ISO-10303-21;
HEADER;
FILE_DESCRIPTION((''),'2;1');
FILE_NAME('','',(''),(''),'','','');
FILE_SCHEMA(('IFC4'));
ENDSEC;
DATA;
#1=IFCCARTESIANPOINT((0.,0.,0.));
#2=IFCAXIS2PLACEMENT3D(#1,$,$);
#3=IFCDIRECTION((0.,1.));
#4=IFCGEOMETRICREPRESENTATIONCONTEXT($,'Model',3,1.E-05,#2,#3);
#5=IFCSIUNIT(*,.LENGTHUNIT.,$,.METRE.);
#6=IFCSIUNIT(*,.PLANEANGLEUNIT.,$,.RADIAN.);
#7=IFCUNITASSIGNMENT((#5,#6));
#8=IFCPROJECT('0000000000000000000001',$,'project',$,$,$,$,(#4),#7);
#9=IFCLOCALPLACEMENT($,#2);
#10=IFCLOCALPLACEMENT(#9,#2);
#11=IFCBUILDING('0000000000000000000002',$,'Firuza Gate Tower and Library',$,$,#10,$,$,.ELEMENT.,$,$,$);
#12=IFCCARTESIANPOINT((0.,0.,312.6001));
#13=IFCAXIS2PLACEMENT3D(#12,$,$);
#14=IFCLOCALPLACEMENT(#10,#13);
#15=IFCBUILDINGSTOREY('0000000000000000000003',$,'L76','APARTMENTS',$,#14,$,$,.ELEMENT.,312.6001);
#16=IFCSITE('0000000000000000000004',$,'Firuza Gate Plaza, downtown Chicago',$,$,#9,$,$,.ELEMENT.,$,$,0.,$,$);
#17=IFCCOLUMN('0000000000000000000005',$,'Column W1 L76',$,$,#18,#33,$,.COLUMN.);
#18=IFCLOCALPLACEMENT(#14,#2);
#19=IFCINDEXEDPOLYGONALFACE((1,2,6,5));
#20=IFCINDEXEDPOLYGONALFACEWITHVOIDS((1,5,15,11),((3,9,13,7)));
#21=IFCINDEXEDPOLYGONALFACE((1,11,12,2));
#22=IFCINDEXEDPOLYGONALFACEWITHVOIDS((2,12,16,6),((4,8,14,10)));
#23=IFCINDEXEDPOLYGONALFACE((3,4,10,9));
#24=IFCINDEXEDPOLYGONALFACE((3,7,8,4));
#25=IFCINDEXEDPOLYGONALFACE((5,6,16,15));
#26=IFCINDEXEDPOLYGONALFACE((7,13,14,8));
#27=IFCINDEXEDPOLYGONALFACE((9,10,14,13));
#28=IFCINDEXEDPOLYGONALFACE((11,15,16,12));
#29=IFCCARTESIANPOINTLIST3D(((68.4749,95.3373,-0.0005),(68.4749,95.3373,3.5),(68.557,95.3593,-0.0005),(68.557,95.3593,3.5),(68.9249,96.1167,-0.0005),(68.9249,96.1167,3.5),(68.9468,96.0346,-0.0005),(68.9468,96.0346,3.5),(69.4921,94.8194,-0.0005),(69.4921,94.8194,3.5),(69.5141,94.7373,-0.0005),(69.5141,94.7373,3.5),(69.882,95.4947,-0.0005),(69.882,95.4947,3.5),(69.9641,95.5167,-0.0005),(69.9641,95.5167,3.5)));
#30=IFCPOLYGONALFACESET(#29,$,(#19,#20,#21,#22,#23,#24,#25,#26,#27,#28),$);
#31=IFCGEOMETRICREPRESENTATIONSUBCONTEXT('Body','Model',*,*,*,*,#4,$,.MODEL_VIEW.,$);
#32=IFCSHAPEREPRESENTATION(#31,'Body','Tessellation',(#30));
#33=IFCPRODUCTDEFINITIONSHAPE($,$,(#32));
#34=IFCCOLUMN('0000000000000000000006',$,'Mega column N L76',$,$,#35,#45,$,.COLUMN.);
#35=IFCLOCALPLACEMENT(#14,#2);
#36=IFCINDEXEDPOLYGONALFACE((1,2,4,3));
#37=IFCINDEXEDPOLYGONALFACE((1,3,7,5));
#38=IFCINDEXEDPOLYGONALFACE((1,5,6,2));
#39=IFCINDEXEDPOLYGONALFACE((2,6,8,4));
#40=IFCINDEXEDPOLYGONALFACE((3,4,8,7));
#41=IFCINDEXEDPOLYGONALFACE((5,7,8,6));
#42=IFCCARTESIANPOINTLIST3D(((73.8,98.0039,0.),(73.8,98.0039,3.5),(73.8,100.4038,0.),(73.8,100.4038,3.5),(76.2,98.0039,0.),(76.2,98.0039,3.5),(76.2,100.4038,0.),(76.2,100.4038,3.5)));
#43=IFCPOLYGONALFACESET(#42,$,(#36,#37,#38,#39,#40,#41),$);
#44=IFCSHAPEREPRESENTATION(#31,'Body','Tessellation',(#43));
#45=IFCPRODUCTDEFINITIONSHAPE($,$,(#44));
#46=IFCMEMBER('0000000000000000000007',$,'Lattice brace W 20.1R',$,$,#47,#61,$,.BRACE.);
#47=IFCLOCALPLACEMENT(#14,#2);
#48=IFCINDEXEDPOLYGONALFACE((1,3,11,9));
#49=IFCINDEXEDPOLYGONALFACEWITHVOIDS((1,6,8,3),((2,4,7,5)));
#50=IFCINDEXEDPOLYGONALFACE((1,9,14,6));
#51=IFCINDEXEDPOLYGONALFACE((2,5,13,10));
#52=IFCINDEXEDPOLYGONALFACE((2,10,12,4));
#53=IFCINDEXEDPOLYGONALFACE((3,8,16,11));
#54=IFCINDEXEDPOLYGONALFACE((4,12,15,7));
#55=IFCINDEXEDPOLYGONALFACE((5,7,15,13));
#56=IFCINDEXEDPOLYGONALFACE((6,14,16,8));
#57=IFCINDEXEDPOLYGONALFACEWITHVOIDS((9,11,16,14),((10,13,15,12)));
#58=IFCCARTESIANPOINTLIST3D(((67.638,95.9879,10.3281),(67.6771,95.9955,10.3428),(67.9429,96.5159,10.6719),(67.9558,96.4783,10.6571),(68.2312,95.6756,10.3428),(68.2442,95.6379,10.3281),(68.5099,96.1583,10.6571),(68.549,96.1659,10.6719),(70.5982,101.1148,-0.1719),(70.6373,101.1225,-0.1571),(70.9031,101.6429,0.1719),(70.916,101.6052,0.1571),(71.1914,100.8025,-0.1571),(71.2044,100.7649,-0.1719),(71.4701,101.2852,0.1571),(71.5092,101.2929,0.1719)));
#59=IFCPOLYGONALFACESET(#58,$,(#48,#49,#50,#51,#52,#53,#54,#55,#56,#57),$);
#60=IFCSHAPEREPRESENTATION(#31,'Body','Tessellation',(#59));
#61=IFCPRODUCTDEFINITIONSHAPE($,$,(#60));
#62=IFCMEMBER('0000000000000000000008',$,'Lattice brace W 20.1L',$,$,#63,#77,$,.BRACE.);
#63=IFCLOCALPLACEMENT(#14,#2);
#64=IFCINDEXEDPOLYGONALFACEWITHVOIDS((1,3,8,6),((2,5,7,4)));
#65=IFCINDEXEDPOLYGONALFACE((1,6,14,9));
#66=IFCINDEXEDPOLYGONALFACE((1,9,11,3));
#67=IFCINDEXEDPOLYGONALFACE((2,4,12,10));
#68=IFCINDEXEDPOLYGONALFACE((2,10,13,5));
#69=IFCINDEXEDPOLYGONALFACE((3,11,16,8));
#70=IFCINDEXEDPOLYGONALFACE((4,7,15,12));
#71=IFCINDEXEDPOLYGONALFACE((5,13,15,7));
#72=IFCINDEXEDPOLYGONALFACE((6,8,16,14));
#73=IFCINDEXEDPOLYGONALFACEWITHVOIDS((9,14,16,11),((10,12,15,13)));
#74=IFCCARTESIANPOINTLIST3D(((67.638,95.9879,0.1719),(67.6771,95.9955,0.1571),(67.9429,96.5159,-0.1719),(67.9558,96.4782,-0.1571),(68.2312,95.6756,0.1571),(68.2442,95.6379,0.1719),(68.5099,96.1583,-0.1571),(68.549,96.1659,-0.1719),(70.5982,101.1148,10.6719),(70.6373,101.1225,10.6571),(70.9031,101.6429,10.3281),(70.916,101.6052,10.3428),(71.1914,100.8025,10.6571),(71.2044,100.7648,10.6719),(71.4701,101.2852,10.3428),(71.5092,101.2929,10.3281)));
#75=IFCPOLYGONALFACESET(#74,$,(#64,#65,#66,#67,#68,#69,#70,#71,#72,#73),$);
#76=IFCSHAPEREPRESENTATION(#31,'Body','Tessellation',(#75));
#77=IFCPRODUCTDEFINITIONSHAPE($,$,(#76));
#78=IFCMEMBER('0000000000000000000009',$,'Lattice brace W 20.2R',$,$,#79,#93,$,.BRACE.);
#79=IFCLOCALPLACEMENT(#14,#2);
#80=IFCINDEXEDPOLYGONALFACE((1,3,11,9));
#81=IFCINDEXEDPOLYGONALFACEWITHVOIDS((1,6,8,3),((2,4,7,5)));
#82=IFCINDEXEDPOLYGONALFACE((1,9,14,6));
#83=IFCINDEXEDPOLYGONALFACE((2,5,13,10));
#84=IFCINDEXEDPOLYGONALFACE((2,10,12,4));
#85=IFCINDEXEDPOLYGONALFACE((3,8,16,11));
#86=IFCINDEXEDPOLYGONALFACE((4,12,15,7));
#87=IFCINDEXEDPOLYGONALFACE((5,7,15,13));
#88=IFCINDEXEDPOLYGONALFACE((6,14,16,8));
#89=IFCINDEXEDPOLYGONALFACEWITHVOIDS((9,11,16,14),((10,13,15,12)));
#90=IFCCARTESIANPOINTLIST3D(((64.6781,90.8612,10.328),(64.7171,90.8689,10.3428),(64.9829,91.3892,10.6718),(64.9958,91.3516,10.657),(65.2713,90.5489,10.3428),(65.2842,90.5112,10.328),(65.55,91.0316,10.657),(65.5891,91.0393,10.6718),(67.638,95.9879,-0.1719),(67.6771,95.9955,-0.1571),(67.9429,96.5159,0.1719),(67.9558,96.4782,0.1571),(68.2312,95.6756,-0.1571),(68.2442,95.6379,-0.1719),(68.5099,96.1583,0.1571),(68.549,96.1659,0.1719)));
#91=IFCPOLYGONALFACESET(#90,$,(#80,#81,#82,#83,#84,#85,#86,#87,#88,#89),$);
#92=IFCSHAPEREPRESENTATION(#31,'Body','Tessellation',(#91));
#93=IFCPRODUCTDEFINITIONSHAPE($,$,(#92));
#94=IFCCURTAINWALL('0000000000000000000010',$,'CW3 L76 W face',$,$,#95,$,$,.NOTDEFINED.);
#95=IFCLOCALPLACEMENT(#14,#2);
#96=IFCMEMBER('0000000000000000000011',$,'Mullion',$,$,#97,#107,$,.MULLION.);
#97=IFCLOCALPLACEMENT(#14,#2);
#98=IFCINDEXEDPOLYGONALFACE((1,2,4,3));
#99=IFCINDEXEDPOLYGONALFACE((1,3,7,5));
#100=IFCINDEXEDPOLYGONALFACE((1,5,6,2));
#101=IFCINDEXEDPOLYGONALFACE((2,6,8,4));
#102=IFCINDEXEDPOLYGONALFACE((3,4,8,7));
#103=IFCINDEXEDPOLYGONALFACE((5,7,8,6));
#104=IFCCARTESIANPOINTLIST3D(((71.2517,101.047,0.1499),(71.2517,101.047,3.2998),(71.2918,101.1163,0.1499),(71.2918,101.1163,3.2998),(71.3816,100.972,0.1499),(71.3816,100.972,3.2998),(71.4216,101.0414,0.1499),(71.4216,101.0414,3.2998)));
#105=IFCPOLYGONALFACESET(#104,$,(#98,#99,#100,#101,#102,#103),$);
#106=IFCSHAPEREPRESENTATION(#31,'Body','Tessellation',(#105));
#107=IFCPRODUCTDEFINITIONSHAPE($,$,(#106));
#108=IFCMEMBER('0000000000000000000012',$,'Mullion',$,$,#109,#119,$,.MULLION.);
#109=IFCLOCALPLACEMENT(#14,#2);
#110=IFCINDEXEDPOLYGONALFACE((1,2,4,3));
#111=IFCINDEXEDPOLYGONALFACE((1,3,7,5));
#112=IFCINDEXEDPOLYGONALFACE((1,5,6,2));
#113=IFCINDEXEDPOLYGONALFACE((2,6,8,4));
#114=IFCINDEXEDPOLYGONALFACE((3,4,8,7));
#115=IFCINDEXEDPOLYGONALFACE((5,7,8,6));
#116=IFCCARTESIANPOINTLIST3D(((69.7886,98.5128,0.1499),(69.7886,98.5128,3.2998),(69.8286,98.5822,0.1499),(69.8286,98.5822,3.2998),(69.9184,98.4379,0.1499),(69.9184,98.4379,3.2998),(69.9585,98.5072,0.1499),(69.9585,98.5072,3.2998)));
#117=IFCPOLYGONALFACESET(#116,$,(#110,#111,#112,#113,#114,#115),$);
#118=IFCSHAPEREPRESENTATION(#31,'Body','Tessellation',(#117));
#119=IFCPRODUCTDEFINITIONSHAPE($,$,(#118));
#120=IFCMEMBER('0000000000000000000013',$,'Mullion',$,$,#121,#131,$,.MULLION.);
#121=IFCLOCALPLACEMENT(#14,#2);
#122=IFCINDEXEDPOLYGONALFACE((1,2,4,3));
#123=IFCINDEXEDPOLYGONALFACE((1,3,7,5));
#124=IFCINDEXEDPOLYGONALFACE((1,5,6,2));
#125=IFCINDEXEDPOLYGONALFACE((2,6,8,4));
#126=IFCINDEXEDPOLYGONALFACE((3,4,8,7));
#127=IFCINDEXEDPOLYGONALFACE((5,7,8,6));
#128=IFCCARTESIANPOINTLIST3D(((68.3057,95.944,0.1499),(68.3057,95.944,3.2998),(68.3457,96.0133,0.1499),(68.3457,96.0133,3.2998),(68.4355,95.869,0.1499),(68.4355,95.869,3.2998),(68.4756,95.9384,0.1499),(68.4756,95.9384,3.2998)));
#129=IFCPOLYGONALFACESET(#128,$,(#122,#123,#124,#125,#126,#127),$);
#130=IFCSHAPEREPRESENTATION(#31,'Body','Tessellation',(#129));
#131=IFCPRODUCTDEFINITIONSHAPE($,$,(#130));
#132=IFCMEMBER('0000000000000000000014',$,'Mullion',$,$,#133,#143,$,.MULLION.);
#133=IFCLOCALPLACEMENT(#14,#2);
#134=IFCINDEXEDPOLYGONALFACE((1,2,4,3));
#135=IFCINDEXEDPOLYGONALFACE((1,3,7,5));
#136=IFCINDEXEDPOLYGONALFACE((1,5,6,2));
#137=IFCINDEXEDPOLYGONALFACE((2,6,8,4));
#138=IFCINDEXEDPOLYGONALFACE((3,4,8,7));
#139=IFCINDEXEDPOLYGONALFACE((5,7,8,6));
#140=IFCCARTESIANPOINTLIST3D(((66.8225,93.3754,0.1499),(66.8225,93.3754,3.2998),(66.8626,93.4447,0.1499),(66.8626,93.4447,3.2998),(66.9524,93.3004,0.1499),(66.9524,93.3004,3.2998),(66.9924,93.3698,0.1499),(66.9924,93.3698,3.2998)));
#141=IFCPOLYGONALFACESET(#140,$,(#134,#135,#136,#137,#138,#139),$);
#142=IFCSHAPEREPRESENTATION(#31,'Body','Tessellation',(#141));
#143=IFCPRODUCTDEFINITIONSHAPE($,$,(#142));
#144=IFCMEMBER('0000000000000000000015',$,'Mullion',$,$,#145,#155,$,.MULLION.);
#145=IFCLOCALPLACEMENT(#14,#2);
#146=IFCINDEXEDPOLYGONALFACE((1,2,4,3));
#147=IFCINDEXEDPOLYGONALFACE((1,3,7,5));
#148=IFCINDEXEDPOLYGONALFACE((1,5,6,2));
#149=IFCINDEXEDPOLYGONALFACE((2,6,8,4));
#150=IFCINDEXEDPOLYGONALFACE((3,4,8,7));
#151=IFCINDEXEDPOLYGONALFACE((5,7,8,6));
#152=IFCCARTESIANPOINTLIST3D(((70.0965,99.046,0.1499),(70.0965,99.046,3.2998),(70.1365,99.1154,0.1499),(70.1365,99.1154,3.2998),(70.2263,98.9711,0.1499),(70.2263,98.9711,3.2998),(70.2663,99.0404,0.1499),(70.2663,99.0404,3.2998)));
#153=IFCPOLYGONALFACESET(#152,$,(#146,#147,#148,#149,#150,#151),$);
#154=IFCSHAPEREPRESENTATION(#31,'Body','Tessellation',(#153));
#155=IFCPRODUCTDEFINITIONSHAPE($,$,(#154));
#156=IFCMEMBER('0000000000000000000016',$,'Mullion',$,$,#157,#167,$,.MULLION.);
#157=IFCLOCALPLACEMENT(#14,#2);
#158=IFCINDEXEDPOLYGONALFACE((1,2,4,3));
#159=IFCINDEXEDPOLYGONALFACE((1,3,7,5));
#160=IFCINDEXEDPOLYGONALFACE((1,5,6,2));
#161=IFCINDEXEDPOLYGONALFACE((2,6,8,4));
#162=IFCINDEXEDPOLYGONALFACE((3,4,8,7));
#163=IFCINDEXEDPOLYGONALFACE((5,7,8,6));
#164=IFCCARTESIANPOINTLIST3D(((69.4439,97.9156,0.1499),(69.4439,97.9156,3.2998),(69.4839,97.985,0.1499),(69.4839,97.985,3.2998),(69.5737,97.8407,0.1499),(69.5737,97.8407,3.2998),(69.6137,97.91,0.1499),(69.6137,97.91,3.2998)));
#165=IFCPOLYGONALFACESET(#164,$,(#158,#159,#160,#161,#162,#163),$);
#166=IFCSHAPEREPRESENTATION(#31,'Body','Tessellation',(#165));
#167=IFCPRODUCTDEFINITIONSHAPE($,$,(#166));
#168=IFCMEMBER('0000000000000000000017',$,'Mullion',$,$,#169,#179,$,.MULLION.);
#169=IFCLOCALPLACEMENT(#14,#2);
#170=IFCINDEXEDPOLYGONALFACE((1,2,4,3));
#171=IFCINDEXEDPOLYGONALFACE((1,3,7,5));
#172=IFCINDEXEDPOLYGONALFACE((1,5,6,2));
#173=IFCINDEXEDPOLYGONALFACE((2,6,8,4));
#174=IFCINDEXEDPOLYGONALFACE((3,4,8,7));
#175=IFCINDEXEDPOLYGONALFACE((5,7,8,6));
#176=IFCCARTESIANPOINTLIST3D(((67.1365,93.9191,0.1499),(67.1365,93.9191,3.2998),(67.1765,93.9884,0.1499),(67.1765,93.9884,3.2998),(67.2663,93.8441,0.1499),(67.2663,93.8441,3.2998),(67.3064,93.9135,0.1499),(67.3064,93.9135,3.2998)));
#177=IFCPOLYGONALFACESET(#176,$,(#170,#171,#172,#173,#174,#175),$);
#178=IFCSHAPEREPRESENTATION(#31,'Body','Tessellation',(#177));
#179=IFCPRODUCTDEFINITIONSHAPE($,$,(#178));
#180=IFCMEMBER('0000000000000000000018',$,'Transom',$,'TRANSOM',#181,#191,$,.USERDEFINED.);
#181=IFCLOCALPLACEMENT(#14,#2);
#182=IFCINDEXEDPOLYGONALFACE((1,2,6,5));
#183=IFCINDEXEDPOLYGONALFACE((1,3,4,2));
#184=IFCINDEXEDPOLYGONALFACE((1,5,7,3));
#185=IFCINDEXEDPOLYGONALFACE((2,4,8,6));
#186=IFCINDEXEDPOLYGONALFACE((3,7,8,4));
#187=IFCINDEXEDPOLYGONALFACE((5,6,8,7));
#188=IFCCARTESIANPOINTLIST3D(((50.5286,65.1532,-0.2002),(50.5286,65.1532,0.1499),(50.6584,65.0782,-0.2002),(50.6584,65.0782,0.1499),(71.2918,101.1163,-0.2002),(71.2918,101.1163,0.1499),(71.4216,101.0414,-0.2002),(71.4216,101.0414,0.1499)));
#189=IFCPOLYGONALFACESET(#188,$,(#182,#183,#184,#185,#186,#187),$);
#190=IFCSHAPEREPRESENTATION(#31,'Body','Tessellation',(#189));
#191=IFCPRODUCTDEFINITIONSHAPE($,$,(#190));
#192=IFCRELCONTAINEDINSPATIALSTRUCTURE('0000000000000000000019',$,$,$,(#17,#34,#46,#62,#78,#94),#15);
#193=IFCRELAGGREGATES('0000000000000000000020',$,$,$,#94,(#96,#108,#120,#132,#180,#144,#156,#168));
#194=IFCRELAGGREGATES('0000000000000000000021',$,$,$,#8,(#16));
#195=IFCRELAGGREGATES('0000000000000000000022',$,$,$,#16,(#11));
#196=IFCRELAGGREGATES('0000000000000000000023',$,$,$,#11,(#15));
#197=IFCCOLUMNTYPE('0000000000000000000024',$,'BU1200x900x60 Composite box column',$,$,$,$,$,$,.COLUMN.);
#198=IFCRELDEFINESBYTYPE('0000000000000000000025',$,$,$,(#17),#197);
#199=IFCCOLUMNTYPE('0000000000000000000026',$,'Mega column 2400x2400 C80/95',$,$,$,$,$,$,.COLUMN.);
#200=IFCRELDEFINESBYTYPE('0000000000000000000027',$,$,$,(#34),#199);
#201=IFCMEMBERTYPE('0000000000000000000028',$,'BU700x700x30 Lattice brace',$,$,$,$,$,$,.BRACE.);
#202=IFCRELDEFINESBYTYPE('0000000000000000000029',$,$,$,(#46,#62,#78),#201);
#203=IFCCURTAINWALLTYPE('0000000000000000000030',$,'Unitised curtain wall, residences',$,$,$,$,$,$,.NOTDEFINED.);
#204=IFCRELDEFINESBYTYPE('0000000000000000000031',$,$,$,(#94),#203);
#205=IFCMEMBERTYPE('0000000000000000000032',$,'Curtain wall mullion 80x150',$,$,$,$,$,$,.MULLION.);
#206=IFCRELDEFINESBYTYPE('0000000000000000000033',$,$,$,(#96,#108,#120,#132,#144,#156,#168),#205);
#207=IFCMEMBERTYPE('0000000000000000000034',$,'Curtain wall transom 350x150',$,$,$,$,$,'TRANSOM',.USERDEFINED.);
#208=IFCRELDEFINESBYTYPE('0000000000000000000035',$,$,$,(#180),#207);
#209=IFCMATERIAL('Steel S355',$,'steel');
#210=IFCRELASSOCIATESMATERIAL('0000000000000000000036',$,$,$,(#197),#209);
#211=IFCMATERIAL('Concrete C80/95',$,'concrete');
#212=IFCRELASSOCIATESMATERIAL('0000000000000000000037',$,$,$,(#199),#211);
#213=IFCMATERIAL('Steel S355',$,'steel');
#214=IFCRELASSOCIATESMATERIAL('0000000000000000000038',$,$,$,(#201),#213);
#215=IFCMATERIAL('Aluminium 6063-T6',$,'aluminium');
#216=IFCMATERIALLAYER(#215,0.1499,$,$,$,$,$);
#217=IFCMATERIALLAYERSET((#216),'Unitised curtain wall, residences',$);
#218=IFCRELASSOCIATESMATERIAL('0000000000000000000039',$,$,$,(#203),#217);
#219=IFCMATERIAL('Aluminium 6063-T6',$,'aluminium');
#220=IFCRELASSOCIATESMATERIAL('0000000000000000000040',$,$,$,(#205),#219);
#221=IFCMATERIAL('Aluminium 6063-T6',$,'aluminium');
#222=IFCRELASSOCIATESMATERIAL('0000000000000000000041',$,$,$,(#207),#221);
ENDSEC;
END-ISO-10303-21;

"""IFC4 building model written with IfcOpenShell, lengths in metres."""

from ifc_helpers import new_model, si_unit, direction, frame, origin, origin_2d, place, context, subcontext, project, spatial, rectangle, hollow_rectangle, extrude, material, layer, layer_set, material_profile, profile_set, type_object, element, aggregate, save


model = new_model("IFC4")

# Units and contexts
model_context = context("Model", 3, precision=1e-05, world=origin(), true_north=direction((0.0, 1.0)))
body_context = subcontext(model_context, "Body", "Model", "MODEL_VIEW")
ifc_project = project(units=[si_unit("LENGTHUNIT", "METRE"), si_unit("PLANEANGLEUNIT", "RADIAN")], contexts=[model_context])

# Site, building, storey
site_placement = place(None, origin())
site = spatial("IfcSite", under=ifc_project, at=site_placement, Name="Firuza Gate Plaza, downtown Chicago", CompositionType="ELEMENT", RefElevation=0.0)
building_placement = place(site_placement, origin())
building = spatial("IfcBuilding", under=site, at=building_placement, Name="Firuza Gate Tower and Library", CompositionType="ELEMENT")
storey_placement = place(building_placement, frame((0.0, 0.0, 312.6001)))
storey = spatial("IfcBuildingStorey", under=building, at=storey_placement, Name="L76", Description="APARTMENTS", CompositionType="ELEMENT", Elevation=312.6001)

# Columns
ifc_material_1 = material(Name="Steel S355", Category="steel")
ifc_material_profile_1 = material_profile(ifc_material_1, hollow_rectangle(XDim=0.8999, YDim=1.2, WallThickness=0.0601, at=origin_2d()))
ifc_profile_set_1 = profile_set([ifc_material_profile_1], Name="Steel S355")
column_type_1 = type_object("IfcColumnType", Name="BU1200x900x60 Composite box column", PredefinedType="COLUMN", material=ifc_profile_set_1)
column_1_placement = place(storey_placement, frame((69.2195, 95.427, -0.0005), z_axis=(0.0, 0.0, 1.0), x_axis=(-0.5, -0.866025, 0.0)))
element("IfcColumn", 1, at=column_1_placement, inside=storey, type_object=column_type_1, Name="Column W1 L76", PredefinedType="COLUMN", context=body_context, shape_type="SweptSolid", body=[
    extrude(hollow_rectangle(XDim=0.8999, YDim=1.2, WallThickness=0.0601, at=origin_2d()), origin(), (0.0, 0.0, 1.0), 3.5005),
])
ifc_material_2 = material(Name="Concrete C80/95", Category="concrete")
ifc_material_profile_2 = material_profile(ifc_material_2, rectangle(XDim=2.3999, YDim=2.3999, at=origin_2d()))
ifc_profile_set_2 = profile_set([ifc_material_profile_2], Name="Concrete C80/95")
column_type_2 = type_object("IfcColumnType", Name="Mega column 2400x2400 C80/95", PredefinedType="COLUMN", material=ifc_profile_set_2)
column_2_placement = place(storey_placement, frame((75.0, 99.2039, 0.0), z_axis=(0.0, 0.0, 1.0), x_axis=(-1.0, 0.0, 0.0)))
element("IfcColumn", 2, at=column_2_placement, inside=storey, type_object=column_type_2, Name="Mega column N L76", PredefinedType="COLUMN", context=body_context, shape_type="SweptSolid", body=[
    extrude(rectangle(XDim=2.3999, YDim=2.3999, at=origin_2d()), origin(), (0.0, 0.0, 1.0), 3.5),
])

# Members
ifc_material_3 = material(Name="Steel S355", Category="steel")
ifc_material_profile_3 = material_profile(ifc_material_3, hollow_rectangle(XDim=0.7, YDim=0.7, WallThickness=0.03, at=origin_2d()))
ifc_profile_set_3 = profile_set([ifc_material_profile_3], Name="Steel S355")
member_type_1 = type_object("IfcMemberType", Name="BU700x700x30 Lattice brace", PredefinedType="BRACE", material=ifc_profile_set_3)
for number, where, z_axis, x_axis, name in (
    (3, (71.0537, 101.2039, 0.0), (-0.245579, -0.425333, 0.871081), (0.866014, -0.50002, 0.0), "Lattice brace W 20.1R"),
    (4, (68.0935, 96.0769, 0.0), (0.245579, 0.425333, 0.871081), (-0.866014, 0.50002, 0.0), "Lattice brace W 20.1L"),
):
    element("IfcMember", number, at=place(storey_placement, frame(where, z_axis=z_axis, x_axis=x_axis)), inside=storey, type_object=member_type_1, Name=name, PredefinedType="BRACE", context=body_context, shape_type="SweptSolid", body=[
        extrude(hollow_rectangle(XDim=0.7, YDim=0.7, WallThickness=0.03, at=origin_2d()), origin(), (0.0, 0.0, 1.0), 12.054),
    ])
member_1_placement = place(storey_placement, frame((68.0935, 96.0769, 0.0), z_axis=(-0.245562, -0.425318, 0.871093), x_axis=(0.866021, -0.500007, 0.0)))
element("IfcMember", 5, at=member_1_placement, inside=storey, type_object=member_type_1, Name="Lattice brace W 20.2R", PredefinedType="BRACE", context=body_context, shape_type="SweptSolid", body=[
    extrude(hollow_rectangle(XDim=0.7, YDim=0.7, WallThickness=0.03, at=origin_2d()), origin(), (0.0, 0.0, 1.0), 12.0537),
])

# Curtain wall, members
ifc_material_4 = material(Name="Aluminium 6063-T6", Category="aluminium")
ifc_layer_1 = layer(ifc_material_4, 0.1499)
ifc_layer_set_1 = layer_set([ifc_layer_1], Name="Unitised curtain wall, residences")
curtain_wall_type_1 = type_object("IfcCurtainWallType", Name="Unitised curtain wall, residences", PredefinedType="NOTDEFINED", material=ifc_layer_set_1)
placement = place(storey_placement, origin())
curtain_wall_1 = element("IfcCurtainWall", 6, at=placement, inside=storey, type_object=curtain_wall_type_1, Name="CW3 L76 W face", PredefinedType="NOTDEFINED")
ifc_material_5 = material(Name="Aluminium 6063-T6", Category="aluminium")
ifc_material_profile_4 = material_profile(ifc_material_5, rectangle(XDim=0.1499, YDim=0.0801, at=origin_2d()))
ifc_profile_set_4 = profile_set([ifc_material_profile_4], Name="Aluminium 6063-T6")
member_type_2 = type_object("IfcMemberType", Name="Curtain wall mullion 80x150", PredefinedType="MULLION", material=ifc_profile_set_4)
member_2_placement = place(storey_placement, frame((71.3367, 101.0442, 0.1499), z_axis=(0.0, 0.0, 1.0), x_axis=(0.866025, -0.5, 0.0)))
member_2 = element("IfcMember", 7, at=member_2_placement, type_object=member_type_2, Name="Mullion", PredefinedType="MULLION", context=body_context, shape_type="SweptSolid", body=[
    extrude(rectangle(XDim=0.1499, YDim=0.0801, at=origin_2d()), origin(), (0.0, 0.0, 1.0), 3.1499),
])
member_3_placement = place(storey_placement, frame((69.8735, 98.51, 0.1499), z_axis=(0.0, 0.0, 1.0), x_axis=(0.866025, -0.5, 0.0)))
member_3 = element("IfcMember", 8, at=member_3_placement, type_object=member_type_2, Name="Mullion", PredefinedType="MULLION", context=body_context, shape_type="SweptSolid", body=[
    extrude(rectangle(XDim=0.1499, YDim=0.0801, at=origin_2d()), origin(), (0.0, 0.0, 1.0), 3.1499),
])
member_4_placement = place(storey_placement, frame((68.3906, 95.9412, 0.1499), z_axis=(0.0, 0.0, 1.0), x_axis=(0.866025, -0.5, 0.0)))
member_4 = element("IfcMember", 9, at=member_4_placement, type_object=member_type_2, Name="Mullion", PredefinedType="MULLION", context=body_context, shape_type="SweptSolid", body=[
    extrude(rectangle(XDim=0.1499, YDim=0.0801, at=origin_2d()), origin(), (0.0, 0.0, 1.0), 3.1499),
])
member_5_placement = place(storey_placement, frame((66.9075, 93.3726, 0.1499), z_axis=(0.0, 0.0, 1.0), x_axis=(0.866025, -0.5, 0.0)))
member_5 = element("IfcMember", 10, at=member_5_placement, type_object=member_type_2, Name="Mullion", PredefinedType="MULLION", context=body_context, shape_type="SweptSolid", body=[
    extrude(rectangle(XDim=0.1499, YDim=0.0801, at=origin_2d()), origin(), (0.0, 0.0, 1.0), 3.1499),
])
member_6_placement = place(storey_placement, frame((70.1814, 99.0432, 0.1499), z_axis=(0.0, 0.0, 1.0), x_axis=(0.866025, -0.5, 0.0)))
member_6 = element("IfcMember", 11, at=member_6_placement, type_object=member_type_2, Name="Mullion", PredefinedType="MULLION", context=body_context, shape_type="SweptSolid", body=[
    extrude(rectangle(XDim=0.1499, YDim=0.0801, at=origin_2d()), origin(), (0.0, 0.0, 1.0), 3.1499),
])
member_7_placement = place(storey_placement, frame((69.5288, 97.9128, 0.1499), z_axis=(0.0, 0.0, 1.0), x_axis=(0.866025, -0.5, 0.0)))
member_7 = element("IfcMember", 12, at=member_7_placement, type_object=member_type_2, Name="Mullion", PredefinedType="MULLION", context=body_context, shape_type="SweptSolid", body=[
    extrude(rectangle(XDim=0.1499, YDim=0.0801, at=origin_2d()), origin(), (0.0, 0.0, 1.0), 3.1499),
])
member_8_placement = place(storey_placement, frame((67.2214, 93.9163, 0.1499), z_axis=(0.0, 0.0, 1.0), x_axis=(0.866025, -0.5, 0.0)))
member_8 = element("IfcMember", 13, at=member_8_placement, type_object=member_type_2, Name="Mullion", PredefinedType="MULLION", context=body_context, shape_type="SweptSolid", body=[
    extrude(rectangle(XDim=0.1499, YDim=0.0801, at=origin_2d()), origin(), (0.0, 0.0, 1.0), 3.1499),
])
ifc_material_6 = material(Name="Aluminium 6063-T6", Category="aluminium")
ifc_material_profile_5 = material_profile(ifc_material_6, rectangle(XDim=0.1499, YDim=0.3501, at=origin_2d()))
ifc_profile_set_5 = profile_set([ifc_material_profile_5], Name="Aluminium 6063-T6")
member_type_3 = type_object("IfcMemberType", Name="Curtain wall transom 350x150", ElementType="TRANSOM", PredefinedType="USERDEFINED", material=ifc_profile_set_5)
member_9_placement = place(storey_placement, frame((71.3567, 101.0789, -0.0251), z_axis=(-0.499997, -0.866027, 0.0), x_axis=(0.866027, -0.499997, 0.0)))
member_9 = element("IfcMember", 14, at=member_9_placement, type_object=member_type_3, Name="Transom", ObjectType="TRANSOM", PredefinedType="USERDEFINED", context=body_context, shape_type="SweptSolid", body=[
    extrude(rectangle(XDim=0.1499, YDim=0.3501, at=origin_2d()), origin(), (0.0, 0.0, 1.0), 41.5266),
])

aggregate(curtain_wall_1, [member_2, member_3, member_4, member_5, member_9, member_6, member_7, member_8])

save(model, "model.ifc")
